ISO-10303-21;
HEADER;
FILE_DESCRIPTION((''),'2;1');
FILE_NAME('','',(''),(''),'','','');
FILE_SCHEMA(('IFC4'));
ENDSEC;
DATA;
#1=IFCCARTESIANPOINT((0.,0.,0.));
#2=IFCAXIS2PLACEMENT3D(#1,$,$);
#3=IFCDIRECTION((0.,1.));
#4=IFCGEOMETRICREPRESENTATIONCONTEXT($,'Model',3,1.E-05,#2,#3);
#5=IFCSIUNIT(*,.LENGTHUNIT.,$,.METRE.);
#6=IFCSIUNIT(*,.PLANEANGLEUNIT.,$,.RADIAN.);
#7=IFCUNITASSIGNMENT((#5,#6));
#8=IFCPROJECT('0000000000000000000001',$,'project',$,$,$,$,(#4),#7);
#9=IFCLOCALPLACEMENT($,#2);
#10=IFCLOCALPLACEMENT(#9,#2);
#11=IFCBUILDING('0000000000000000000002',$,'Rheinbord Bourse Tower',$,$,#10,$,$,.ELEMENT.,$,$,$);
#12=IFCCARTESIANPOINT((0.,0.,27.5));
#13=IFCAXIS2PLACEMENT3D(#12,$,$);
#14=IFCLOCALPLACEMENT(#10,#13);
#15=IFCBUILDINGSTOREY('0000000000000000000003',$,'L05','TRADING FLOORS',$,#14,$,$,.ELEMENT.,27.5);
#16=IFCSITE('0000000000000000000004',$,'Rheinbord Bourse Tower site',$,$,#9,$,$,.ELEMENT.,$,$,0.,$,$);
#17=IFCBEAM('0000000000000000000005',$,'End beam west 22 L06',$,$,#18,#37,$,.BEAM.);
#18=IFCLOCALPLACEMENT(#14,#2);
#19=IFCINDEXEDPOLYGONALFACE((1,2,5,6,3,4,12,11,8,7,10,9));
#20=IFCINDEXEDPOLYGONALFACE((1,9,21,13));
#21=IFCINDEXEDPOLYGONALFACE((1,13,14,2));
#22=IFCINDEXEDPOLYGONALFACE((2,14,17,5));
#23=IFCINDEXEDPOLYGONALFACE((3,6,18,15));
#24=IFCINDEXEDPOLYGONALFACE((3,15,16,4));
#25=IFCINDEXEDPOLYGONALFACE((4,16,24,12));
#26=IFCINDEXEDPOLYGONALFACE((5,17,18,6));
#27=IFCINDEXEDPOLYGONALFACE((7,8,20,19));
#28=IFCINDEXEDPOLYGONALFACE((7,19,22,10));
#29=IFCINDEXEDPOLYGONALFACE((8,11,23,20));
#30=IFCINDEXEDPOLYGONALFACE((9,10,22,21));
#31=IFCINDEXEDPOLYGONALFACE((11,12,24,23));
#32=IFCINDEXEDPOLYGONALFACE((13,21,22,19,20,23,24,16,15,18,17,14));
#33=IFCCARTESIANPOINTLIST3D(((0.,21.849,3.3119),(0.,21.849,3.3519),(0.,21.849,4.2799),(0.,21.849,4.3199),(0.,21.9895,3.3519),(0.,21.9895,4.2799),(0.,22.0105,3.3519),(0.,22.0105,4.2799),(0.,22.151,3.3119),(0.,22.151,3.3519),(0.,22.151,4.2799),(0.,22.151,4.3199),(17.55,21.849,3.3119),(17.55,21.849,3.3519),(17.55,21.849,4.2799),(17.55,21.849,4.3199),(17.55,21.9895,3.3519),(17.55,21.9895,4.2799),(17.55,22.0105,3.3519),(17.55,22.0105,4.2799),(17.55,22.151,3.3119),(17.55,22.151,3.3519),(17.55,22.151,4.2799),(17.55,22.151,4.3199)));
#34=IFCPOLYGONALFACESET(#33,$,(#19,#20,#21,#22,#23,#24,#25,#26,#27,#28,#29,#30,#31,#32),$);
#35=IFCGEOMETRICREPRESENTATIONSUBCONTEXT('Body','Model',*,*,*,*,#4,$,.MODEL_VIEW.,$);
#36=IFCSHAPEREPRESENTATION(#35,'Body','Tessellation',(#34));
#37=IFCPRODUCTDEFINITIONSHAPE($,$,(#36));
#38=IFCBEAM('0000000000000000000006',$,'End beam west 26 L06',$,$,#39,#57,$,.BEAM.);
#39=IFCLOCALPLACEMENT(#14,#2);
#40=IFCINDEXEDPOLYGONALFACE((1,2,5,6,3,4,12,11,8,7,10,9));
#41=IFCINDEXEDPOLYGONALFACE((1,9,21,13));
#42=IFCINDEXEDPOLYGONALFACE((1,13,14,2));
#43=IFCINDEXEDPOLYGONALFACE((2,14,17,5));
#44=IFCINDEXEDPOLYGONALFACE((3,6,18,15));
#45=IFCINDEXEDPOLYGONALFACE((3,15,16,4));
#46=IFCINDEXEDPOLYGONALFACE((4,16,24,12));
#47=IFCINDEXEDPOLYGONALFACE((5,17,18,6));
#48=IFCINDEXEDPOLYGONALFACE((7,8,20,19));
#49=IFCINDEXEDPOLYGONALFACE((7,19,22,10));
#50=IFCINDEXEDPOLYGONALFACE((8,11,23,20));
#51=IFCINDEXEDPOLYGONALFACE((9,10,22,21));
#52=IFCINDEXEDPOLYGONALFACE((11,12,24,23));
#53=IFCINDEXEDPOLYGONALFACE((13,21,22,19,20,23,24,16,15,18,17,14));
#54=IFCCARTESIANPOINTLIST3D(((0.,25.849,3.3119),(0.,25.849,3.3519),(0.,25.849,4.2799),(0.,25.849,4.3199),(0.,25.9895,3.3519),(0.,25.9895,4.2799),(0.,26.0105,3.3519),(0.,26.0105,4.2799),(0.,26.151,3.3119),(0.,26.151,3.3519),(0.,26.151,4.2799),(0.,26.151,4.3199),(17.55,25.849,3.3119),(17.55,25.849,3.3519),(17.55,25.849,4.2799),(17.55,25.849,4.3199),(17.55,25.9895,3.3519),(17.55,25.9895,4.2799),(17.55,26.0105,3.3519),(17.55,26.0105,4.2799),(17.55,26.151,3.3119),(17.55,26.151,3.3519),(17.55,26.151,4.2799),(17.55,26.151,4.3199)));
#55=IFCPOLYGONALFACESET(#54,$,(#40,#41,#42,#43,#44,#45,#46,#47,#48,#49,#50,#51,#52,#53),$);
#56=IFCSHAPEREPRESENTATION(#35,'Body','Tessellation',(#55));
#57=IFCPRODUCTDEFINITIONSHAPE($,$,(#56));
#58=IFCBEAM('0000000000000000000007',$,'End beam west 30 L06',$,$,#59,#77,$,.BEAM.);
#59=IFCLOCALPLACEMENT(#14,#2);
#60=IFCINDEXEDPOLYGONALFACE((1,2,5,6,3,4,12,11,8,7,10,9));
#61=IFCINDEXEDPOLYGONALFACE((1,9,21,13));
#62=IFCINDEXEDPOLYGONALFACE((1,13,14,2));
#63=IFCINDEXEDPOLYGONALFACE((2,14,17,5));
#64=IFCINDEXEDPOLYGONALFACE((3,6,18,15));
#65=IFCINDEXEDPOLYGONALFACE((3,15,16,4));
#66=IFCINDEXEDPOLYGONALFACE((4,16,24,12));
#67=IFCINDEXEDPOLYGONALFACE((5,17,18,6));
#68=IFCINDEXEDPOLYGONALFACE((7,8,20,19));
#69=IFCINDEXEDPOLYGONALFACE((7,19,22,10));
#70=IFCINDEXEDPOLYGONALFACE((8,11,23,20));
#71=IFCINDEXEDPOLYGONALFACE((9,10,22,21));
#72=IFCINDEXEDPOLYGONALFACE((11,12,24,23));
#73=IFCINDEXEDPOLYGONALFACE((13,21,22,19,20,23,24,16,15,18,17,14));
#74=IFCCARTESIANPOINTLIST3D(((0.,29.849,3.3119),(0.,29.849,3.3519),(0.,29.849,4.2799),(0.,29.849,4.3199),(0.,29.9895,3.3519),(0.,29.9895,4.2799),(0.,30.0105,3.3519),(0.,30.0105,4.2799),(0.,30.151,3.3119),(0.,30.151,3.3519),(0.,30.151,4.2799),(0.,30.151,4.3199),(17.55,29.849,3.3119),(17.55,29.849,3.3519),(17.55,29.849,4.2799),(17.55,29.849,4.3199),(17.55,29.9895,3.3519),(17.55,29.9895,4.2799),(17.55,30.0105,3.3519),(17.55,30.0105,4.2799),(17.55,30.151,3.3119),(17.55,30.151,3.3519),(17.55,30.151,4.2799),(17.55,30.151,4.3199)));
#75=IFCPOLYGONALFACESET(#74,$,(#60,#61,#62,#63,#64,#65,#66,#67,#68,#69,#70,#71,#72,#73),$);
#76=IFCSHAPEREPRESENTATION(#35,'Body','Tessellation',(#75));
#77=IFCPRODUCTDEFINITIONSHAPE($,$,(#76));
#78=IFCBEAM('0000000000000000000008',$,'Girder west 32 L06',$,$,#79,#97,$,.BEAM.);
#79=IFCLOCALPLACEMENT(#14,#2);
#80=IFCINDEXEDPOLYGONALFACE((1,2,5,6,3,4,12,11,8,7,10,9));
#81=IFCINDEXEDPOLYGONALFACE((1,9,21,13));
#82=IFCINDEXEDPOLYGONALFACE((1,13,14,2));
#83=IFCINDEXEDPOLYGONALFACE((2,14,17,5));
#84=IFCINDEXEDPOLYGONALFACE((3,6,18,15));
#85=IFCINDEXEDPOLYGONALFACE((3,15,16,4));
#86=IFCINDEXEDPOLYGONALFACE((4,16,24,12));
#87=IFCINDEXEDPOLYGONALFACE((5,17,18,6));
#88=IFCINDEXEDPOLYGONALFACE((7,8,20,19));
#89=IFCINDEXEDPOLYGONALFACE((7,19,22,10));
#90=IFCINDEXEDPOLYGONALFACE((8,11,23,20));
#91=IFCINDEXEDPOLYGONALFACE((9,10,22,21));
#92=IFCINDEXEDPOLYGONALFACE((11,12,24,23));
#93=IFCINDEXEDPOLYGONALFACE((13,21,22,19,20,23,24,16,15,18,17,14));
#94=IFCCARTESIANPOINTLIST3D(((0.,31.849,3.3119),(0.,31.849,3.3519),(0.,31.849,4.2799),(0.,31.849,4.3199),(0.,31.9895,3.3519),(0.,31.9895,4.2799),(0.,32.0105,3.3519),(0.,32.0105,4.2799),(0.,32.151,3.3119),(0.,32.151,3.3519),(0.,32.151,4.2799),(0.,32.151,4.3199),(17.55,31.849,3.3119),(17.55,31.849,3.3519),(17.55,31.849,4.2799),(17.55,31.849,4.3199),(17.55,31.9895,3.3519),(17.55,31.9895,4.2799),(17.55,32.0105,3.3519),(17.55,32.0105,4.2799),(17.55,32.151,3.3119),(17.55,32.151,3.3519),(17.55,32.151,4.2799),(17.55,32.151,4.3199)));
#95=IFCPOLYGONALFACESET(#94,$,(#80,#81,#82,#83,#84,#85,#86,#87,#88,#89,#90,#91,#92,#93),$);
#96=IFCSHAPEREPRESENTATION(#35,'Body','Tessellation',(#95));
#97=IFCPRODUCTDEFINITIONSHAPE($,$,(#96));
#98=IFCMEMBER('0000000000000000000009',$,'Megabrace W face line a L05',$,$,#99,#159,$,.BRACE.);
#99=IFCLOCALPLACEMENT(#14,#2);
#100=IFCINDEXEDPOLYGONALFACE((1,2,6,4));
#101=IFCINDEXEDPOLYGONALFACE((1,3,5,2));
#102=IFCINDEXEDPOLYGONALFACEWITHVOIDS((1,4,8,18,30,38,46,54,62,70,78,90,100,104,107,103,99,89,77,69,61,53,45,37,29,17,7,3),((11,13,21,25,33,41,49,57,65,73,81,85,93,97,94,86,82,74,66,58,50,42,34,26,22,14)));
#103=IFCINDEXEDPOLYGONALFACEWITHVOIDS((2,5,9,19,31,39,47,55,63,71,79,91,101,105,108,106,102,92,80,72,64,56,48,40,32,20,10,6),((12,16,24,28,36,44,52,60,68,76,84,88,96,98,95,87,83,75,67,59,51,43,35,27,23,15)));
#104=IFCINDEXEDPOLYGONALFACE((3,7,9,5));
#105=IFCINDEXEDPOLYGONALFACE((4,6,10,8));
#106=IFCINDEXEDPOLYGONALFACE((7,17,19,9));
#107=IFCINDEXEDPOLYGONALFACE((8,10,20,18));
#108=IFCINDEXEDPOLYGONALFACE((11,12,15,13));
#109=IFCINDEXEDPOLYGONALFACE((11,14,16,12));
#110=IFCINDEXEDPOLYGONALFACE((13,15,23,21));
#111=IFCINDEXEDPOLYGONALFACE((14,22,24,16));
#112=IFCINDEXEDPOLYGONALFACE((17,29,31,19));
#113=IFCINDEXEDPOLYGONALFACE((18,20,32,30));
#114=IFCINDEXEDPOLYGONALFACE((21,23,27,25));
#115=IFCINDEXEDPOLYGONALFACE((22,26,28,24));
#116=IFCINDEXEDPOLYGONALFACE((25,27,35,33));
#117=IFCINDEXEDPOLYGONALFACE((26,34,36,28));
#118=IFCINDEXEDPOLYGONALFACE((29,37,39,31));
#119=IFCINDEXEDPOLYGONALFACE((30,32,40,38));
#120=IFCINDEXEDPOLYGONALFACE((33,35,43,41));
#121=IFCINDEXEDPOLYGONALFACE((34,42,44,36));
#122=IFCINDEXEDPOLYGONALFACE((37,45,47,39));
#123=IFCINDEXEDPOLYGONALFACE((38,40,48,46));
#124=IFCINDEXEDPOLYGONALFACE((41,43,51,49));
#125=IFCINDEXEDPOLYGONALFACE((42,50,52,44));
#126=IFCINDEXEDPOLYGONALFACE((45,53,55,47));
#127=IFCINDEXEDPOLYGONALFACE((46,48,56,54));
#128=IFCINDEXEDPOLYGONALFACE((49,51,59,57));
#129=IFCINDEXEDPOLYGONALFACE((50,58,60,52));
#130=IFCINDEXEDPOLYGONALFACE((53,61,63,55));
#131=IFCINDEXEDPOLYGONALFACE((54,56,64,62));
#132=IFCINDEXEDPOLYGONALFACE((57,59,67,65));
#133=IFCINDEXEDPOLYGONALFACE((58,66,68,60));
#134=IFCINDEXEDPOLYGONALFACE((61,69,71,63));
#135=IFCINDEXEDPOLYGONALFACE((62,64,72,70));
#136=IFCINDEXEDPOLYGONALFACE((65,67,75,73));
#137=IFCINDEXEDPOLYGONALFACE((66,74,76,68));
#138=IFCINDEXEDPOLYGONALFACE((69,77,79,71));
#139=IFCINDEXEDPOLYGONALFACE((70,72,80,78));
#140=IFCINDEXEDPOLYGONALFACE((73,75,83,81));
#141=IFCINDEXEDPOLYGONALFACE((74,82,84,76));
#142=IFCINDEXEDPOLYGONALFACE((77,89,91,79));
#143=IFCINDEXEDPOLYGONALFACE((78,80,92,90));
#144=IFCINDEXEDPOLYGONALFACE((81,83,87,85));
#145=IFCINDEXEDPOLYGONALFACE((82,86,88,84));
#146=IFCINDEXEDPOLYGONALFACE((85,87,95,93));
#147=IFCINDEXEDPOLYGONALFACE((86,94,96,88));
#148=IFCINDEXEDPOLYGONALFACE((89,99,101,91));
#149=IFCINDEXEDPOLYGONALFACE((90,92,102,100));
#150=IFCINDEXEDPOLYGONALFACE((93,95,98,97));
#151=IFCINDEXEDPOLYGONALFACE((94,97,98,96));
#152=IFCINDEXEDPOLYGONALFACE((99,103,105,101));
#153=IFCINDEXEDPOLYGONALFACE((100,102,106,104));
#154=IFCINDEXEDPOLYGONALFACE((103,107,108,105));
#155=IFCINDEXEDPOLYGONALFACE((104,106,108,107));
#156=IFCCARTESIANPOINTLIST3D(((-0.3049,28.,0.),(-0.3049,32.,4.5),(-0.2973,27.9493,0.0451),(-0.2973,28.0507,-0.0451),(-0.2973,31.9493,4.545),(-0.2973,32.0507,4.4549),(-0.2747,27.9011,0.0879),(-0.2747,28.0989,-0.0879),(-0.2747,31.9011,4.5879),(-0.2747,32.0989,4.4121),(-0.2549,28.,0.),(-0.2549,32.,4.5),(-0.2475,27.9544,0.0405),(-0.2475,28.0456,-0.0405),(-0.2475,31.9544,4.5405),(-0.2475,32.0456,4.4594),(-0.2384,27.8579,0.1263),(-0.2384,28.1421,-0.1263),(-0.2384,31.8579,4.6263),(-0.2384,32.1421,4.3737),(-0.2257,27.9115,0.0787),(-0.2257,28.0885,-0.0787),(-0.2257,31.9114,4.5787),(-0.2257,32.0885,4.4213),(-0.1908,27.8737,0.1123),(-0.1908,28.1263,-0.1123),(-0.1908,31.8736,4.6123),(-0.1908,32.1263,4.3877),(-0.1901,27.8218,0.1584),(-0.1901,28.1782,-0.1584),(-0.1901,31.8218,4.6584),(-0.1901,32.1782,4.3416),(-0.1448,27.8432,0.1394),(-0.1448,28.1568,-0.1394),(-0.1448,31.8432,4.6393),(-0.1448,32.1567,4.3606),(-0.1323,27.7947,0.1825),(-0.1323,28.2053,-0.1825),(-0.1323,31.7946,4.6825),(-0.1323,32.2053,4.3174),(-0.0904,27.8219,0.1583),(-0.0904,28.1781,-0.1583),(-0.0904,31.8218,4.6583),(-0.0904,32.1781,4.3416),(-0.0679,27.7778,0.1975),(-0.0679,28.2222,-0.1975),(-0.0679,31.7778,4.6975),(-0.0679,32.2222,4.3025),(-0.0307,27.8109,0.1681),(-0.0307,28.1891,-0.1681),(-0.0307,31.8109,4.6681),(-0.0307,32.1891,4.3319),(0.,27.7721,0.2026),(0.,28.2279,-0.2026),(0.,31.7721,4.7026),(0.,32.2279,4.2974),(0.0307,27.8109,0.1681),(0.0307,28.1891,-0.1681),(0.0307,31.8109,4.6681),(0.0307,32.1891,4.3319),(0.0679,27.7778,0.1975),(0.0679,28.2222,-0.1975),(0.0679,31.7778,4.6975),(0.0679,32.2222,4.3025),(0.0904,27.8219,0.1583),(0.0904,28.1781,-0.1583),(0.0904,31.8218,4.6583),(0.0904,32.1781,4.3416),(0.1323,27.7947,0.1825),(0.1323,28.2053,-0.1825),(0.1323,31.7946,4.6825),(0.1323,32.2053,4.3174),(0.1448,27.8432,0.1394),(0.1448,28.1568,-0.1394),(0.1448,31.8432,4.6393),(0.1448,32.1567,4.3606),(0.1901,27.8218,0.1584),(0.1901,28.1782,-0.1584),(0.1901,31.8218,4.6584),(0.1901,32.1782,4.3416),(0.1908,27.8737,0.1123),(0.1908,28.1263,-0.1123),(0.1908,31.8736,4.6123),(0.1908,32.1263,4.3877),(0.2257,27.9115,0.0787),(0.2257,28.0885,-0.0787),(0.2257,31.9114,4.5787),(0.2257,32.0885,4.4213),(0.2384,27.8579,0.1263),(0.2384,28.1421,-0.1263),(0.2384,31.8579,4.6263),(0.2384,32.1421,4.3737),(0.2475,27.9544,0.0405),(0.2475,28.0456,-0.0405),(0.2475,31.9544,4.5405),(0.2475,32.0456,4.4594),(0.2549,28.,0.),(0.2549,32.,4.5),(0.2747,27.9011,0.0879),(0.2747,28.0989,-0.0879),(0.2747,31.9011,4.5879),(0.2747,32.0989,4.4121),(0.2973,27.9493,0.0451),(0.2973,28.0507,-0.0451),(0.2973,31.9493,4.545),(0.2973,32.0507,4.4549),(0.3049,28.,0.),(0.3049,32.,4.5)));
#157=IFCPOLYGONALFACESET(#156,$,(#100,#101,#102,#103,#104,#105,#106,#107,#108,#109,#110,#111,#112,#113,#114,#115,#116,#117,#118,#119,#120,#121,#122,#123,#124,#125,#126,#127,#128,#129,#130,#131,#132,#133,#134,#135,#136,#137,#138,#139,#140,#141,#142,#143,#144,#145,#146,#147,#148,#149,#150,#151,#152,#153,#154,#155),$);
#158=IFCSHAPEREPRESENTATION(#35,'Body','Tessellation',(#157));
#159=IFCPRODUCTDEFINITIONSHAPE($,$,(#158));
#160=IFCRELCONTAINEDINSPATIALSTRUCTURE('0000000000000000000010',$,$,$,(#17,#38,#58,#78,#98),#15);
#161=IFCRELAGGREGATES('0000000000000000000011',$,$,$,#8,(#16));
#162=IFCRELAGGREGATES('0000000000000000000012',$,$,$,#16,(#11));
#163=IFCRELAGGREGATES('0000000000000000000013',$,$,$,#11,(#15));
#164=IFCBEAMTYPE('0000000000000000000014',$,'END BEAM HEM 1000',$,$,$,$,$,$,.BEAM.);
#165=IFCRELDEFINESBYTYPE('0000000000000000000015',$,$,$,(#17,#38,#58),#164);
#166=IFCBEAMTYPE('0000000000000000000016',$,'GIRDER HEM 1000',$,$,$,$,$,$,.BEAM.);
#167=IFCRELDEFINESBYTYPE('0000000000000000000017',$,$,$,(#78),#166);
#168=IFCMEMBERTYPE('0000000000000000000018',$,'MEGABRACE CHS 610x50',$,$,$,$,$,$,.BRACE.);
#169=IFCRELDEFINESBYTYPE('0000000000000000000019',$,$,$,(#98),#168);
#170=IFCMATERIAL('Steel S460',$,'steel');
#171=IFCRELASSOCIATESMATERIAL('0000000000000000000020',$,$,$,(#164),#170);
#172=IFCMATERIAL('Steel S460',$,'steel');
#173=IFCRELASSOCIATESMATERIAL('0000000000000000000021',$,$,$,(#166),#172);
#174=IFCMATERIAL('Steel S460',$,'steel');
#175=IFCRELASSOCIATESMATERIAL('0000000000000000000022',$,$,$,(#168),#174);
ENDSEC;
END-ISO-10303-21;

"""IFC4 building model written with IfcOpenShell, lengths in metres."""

from ifc_helpers import new_model, si_unit, direction, frame, origin, origin_2d, place, context, subcontext, project, spatial, hollow_circle, i_section, extrude, material, material_profile, profile_set, type_object, element, save


model = new_model("IFC4")

# Units and contexts
model_context = context("Model", 3, precision=1e-05, world=origin(), true_north=direction((0.0, 1.0)))
body_context = subcontext(model_context, "Body", "Model", "MODEL_VIEW")
ifc_project = project(units=[si_unit("LENGTHUNIT", "METRE"), si_unit("PLANEANGLEUNIT", "RADIAN")], contexts=[model_context])

# Site, building, storey
site_placement = place(None, origin())
site = spatial("IfcSite", under=ifc_project, at=site_placement, Name="Rheinbord Bourse Tower site", CompositionType="ELEMENT", RefElevation=0.0)
building_placement = place(site_placement, origin())
building = spatial("IfcBuilding", under=site, at=building_placement, Name="Rheinbord Bourse Tower", CompositionType="ELEMENT")
storey_placement = place(building_placement, frame((0.0, 0.0, 27.5)))
storey = spatial("IfcBuildingStorey", under=building, at=storey_placement, Name="L05", Description="TRADING FLOORS", CompositionType="ELEMENT", Elevation=27.5)

# Beams
ifc_material_1 = material(Name="Steel S460", Category="steel")
ifc_material_profile_1 = material_profile(ifc_material_1, i_section(OverallWidth=0.302, OverallDepth=1.0081, WebThickness=0.021, FlangeThickness=0.04, at=origin_2d()), Name="HEM 1000")
ifc_profile_set_1 = profile_set([ifc_material_profile_1], Name="Steel S460")
beam_type_1 = type_object("IfcBeamType", Name="END BEAM HEM 1000", PredefinedType="BEAM", material=ifc_profile_set_1)
for number, where, z_axis, x_axis, name in (
    (1, (0.0, 22.0, 3.8159), (1.0, 0.0, 0.0), (0.0, 1.0, 0.0), "End beam west 22 L06"),
    (2, (0.0, 26.0, 3.8159), (1.0, 0.0, 0.0), (0.0, 1.0, 0.0), "End beam west 26 L06"),
    (3, (0.0, 30.0, 3.8159), (1.0, 0.0, 0.0), (0.0, 1.0, 0.0), "End beam west 30 L06"),
):
    element("IfcBeam", number, at=place(storey_placement, frame(where, z_axis=z_axis, x_axis=x_axis)), inside=storey, type_object=beam_type_1, Name=name, PredefinedType="BEAM", context=body_context, shape_type="SweptSolid", body=[
        extrude(i_section(OverallWidth=0.302, OverallDepth=1.0081, WebThickness=0.021, FlangeThickness=0.04, at=origin_2d()), origin(), (0.0, 0.0, 1.0), 17.55),
    ])
ifc_material_2 = material(Name="Steel S460", Category="steel")
ifc_material_profile_2 = material_profile(ifc_material_2, i_section(OverallWidth=0.302, OverallDepth=1.0081, WebThickness=0.021, FlangeThickness=0.04, at=origin_2d()), Name="HEM 1000")
ifc_profile_set_2 = profile_set([ifc_material_profile_2], Name="Steel S460")
beam_type_2 = type_object("IfcBeamType", Name="GIRDER HEM 1000", PredefinedType="BEAM", material=ifc_profile_set_2)
beam_1_placement = place(storey_placement, frame((0.0, 32.0, 3.8159), z_axis=(1.0, 0.0, 0.0), x_axis=(0.0, 1.0, 0.0)))
element("IfcBeam", 4, at=beam_1_placement, inside=storey, type_object=beam_type_2, Name="Girder west 32 L06", PredefinedType="BEAM", context=body_context, shape_type="SweptSolid", body=[
    extrude(i_section(OverallWidth=0.302, OverallDepth=1.0081, WebThickness=0.021, FlangeThickness=0.04, at=origin_2d()), origin(), (0.0, 0.0, 1.0), 17.55),
])

# Member
ifc_material_3 = material(Name="Steel S460", Category="steel")
ifc_material_profile_3 = material_profile(ifc_material_3, hollow_circle(Radius=0.3049, WallThickness=0.05, at=origin_2d()), Name="CHS 610x50")
ifc_profile_set_3 = profile_set([ifc_material_profile_3], Name="Steel S460")
member_type_1 = type_object("IfcMemberType", Name="MEGABRACE CHS 610x50", PredefinedType="BRACE", material=ifc_profile_set_3)
for number, where, z_axis, x_axis, name in (
    (5, (0.0, 28.0, 0.0), (0.0, 0.664364, 0.747409), (-1.0, 0.0, 0.0), "Megabrace W face line a L05"),
):
    element("IfcMember", number, at=place(storey_placement, frame(where, z_axis=z_axis, x_axis=x_axis)), inside=storey, type_object=member_type_1, Name=name, PredefinedType="BRACE", context=body_context, shape_type="SweptSolid", body=[
        extrude(hollow_circle(Radius=0.3049, WallThickness=0.05, at=origin_2d()), origin(), (0.0, 0.0, 1.0), 6.0208),
    ])

save(model, "model.ifc")
